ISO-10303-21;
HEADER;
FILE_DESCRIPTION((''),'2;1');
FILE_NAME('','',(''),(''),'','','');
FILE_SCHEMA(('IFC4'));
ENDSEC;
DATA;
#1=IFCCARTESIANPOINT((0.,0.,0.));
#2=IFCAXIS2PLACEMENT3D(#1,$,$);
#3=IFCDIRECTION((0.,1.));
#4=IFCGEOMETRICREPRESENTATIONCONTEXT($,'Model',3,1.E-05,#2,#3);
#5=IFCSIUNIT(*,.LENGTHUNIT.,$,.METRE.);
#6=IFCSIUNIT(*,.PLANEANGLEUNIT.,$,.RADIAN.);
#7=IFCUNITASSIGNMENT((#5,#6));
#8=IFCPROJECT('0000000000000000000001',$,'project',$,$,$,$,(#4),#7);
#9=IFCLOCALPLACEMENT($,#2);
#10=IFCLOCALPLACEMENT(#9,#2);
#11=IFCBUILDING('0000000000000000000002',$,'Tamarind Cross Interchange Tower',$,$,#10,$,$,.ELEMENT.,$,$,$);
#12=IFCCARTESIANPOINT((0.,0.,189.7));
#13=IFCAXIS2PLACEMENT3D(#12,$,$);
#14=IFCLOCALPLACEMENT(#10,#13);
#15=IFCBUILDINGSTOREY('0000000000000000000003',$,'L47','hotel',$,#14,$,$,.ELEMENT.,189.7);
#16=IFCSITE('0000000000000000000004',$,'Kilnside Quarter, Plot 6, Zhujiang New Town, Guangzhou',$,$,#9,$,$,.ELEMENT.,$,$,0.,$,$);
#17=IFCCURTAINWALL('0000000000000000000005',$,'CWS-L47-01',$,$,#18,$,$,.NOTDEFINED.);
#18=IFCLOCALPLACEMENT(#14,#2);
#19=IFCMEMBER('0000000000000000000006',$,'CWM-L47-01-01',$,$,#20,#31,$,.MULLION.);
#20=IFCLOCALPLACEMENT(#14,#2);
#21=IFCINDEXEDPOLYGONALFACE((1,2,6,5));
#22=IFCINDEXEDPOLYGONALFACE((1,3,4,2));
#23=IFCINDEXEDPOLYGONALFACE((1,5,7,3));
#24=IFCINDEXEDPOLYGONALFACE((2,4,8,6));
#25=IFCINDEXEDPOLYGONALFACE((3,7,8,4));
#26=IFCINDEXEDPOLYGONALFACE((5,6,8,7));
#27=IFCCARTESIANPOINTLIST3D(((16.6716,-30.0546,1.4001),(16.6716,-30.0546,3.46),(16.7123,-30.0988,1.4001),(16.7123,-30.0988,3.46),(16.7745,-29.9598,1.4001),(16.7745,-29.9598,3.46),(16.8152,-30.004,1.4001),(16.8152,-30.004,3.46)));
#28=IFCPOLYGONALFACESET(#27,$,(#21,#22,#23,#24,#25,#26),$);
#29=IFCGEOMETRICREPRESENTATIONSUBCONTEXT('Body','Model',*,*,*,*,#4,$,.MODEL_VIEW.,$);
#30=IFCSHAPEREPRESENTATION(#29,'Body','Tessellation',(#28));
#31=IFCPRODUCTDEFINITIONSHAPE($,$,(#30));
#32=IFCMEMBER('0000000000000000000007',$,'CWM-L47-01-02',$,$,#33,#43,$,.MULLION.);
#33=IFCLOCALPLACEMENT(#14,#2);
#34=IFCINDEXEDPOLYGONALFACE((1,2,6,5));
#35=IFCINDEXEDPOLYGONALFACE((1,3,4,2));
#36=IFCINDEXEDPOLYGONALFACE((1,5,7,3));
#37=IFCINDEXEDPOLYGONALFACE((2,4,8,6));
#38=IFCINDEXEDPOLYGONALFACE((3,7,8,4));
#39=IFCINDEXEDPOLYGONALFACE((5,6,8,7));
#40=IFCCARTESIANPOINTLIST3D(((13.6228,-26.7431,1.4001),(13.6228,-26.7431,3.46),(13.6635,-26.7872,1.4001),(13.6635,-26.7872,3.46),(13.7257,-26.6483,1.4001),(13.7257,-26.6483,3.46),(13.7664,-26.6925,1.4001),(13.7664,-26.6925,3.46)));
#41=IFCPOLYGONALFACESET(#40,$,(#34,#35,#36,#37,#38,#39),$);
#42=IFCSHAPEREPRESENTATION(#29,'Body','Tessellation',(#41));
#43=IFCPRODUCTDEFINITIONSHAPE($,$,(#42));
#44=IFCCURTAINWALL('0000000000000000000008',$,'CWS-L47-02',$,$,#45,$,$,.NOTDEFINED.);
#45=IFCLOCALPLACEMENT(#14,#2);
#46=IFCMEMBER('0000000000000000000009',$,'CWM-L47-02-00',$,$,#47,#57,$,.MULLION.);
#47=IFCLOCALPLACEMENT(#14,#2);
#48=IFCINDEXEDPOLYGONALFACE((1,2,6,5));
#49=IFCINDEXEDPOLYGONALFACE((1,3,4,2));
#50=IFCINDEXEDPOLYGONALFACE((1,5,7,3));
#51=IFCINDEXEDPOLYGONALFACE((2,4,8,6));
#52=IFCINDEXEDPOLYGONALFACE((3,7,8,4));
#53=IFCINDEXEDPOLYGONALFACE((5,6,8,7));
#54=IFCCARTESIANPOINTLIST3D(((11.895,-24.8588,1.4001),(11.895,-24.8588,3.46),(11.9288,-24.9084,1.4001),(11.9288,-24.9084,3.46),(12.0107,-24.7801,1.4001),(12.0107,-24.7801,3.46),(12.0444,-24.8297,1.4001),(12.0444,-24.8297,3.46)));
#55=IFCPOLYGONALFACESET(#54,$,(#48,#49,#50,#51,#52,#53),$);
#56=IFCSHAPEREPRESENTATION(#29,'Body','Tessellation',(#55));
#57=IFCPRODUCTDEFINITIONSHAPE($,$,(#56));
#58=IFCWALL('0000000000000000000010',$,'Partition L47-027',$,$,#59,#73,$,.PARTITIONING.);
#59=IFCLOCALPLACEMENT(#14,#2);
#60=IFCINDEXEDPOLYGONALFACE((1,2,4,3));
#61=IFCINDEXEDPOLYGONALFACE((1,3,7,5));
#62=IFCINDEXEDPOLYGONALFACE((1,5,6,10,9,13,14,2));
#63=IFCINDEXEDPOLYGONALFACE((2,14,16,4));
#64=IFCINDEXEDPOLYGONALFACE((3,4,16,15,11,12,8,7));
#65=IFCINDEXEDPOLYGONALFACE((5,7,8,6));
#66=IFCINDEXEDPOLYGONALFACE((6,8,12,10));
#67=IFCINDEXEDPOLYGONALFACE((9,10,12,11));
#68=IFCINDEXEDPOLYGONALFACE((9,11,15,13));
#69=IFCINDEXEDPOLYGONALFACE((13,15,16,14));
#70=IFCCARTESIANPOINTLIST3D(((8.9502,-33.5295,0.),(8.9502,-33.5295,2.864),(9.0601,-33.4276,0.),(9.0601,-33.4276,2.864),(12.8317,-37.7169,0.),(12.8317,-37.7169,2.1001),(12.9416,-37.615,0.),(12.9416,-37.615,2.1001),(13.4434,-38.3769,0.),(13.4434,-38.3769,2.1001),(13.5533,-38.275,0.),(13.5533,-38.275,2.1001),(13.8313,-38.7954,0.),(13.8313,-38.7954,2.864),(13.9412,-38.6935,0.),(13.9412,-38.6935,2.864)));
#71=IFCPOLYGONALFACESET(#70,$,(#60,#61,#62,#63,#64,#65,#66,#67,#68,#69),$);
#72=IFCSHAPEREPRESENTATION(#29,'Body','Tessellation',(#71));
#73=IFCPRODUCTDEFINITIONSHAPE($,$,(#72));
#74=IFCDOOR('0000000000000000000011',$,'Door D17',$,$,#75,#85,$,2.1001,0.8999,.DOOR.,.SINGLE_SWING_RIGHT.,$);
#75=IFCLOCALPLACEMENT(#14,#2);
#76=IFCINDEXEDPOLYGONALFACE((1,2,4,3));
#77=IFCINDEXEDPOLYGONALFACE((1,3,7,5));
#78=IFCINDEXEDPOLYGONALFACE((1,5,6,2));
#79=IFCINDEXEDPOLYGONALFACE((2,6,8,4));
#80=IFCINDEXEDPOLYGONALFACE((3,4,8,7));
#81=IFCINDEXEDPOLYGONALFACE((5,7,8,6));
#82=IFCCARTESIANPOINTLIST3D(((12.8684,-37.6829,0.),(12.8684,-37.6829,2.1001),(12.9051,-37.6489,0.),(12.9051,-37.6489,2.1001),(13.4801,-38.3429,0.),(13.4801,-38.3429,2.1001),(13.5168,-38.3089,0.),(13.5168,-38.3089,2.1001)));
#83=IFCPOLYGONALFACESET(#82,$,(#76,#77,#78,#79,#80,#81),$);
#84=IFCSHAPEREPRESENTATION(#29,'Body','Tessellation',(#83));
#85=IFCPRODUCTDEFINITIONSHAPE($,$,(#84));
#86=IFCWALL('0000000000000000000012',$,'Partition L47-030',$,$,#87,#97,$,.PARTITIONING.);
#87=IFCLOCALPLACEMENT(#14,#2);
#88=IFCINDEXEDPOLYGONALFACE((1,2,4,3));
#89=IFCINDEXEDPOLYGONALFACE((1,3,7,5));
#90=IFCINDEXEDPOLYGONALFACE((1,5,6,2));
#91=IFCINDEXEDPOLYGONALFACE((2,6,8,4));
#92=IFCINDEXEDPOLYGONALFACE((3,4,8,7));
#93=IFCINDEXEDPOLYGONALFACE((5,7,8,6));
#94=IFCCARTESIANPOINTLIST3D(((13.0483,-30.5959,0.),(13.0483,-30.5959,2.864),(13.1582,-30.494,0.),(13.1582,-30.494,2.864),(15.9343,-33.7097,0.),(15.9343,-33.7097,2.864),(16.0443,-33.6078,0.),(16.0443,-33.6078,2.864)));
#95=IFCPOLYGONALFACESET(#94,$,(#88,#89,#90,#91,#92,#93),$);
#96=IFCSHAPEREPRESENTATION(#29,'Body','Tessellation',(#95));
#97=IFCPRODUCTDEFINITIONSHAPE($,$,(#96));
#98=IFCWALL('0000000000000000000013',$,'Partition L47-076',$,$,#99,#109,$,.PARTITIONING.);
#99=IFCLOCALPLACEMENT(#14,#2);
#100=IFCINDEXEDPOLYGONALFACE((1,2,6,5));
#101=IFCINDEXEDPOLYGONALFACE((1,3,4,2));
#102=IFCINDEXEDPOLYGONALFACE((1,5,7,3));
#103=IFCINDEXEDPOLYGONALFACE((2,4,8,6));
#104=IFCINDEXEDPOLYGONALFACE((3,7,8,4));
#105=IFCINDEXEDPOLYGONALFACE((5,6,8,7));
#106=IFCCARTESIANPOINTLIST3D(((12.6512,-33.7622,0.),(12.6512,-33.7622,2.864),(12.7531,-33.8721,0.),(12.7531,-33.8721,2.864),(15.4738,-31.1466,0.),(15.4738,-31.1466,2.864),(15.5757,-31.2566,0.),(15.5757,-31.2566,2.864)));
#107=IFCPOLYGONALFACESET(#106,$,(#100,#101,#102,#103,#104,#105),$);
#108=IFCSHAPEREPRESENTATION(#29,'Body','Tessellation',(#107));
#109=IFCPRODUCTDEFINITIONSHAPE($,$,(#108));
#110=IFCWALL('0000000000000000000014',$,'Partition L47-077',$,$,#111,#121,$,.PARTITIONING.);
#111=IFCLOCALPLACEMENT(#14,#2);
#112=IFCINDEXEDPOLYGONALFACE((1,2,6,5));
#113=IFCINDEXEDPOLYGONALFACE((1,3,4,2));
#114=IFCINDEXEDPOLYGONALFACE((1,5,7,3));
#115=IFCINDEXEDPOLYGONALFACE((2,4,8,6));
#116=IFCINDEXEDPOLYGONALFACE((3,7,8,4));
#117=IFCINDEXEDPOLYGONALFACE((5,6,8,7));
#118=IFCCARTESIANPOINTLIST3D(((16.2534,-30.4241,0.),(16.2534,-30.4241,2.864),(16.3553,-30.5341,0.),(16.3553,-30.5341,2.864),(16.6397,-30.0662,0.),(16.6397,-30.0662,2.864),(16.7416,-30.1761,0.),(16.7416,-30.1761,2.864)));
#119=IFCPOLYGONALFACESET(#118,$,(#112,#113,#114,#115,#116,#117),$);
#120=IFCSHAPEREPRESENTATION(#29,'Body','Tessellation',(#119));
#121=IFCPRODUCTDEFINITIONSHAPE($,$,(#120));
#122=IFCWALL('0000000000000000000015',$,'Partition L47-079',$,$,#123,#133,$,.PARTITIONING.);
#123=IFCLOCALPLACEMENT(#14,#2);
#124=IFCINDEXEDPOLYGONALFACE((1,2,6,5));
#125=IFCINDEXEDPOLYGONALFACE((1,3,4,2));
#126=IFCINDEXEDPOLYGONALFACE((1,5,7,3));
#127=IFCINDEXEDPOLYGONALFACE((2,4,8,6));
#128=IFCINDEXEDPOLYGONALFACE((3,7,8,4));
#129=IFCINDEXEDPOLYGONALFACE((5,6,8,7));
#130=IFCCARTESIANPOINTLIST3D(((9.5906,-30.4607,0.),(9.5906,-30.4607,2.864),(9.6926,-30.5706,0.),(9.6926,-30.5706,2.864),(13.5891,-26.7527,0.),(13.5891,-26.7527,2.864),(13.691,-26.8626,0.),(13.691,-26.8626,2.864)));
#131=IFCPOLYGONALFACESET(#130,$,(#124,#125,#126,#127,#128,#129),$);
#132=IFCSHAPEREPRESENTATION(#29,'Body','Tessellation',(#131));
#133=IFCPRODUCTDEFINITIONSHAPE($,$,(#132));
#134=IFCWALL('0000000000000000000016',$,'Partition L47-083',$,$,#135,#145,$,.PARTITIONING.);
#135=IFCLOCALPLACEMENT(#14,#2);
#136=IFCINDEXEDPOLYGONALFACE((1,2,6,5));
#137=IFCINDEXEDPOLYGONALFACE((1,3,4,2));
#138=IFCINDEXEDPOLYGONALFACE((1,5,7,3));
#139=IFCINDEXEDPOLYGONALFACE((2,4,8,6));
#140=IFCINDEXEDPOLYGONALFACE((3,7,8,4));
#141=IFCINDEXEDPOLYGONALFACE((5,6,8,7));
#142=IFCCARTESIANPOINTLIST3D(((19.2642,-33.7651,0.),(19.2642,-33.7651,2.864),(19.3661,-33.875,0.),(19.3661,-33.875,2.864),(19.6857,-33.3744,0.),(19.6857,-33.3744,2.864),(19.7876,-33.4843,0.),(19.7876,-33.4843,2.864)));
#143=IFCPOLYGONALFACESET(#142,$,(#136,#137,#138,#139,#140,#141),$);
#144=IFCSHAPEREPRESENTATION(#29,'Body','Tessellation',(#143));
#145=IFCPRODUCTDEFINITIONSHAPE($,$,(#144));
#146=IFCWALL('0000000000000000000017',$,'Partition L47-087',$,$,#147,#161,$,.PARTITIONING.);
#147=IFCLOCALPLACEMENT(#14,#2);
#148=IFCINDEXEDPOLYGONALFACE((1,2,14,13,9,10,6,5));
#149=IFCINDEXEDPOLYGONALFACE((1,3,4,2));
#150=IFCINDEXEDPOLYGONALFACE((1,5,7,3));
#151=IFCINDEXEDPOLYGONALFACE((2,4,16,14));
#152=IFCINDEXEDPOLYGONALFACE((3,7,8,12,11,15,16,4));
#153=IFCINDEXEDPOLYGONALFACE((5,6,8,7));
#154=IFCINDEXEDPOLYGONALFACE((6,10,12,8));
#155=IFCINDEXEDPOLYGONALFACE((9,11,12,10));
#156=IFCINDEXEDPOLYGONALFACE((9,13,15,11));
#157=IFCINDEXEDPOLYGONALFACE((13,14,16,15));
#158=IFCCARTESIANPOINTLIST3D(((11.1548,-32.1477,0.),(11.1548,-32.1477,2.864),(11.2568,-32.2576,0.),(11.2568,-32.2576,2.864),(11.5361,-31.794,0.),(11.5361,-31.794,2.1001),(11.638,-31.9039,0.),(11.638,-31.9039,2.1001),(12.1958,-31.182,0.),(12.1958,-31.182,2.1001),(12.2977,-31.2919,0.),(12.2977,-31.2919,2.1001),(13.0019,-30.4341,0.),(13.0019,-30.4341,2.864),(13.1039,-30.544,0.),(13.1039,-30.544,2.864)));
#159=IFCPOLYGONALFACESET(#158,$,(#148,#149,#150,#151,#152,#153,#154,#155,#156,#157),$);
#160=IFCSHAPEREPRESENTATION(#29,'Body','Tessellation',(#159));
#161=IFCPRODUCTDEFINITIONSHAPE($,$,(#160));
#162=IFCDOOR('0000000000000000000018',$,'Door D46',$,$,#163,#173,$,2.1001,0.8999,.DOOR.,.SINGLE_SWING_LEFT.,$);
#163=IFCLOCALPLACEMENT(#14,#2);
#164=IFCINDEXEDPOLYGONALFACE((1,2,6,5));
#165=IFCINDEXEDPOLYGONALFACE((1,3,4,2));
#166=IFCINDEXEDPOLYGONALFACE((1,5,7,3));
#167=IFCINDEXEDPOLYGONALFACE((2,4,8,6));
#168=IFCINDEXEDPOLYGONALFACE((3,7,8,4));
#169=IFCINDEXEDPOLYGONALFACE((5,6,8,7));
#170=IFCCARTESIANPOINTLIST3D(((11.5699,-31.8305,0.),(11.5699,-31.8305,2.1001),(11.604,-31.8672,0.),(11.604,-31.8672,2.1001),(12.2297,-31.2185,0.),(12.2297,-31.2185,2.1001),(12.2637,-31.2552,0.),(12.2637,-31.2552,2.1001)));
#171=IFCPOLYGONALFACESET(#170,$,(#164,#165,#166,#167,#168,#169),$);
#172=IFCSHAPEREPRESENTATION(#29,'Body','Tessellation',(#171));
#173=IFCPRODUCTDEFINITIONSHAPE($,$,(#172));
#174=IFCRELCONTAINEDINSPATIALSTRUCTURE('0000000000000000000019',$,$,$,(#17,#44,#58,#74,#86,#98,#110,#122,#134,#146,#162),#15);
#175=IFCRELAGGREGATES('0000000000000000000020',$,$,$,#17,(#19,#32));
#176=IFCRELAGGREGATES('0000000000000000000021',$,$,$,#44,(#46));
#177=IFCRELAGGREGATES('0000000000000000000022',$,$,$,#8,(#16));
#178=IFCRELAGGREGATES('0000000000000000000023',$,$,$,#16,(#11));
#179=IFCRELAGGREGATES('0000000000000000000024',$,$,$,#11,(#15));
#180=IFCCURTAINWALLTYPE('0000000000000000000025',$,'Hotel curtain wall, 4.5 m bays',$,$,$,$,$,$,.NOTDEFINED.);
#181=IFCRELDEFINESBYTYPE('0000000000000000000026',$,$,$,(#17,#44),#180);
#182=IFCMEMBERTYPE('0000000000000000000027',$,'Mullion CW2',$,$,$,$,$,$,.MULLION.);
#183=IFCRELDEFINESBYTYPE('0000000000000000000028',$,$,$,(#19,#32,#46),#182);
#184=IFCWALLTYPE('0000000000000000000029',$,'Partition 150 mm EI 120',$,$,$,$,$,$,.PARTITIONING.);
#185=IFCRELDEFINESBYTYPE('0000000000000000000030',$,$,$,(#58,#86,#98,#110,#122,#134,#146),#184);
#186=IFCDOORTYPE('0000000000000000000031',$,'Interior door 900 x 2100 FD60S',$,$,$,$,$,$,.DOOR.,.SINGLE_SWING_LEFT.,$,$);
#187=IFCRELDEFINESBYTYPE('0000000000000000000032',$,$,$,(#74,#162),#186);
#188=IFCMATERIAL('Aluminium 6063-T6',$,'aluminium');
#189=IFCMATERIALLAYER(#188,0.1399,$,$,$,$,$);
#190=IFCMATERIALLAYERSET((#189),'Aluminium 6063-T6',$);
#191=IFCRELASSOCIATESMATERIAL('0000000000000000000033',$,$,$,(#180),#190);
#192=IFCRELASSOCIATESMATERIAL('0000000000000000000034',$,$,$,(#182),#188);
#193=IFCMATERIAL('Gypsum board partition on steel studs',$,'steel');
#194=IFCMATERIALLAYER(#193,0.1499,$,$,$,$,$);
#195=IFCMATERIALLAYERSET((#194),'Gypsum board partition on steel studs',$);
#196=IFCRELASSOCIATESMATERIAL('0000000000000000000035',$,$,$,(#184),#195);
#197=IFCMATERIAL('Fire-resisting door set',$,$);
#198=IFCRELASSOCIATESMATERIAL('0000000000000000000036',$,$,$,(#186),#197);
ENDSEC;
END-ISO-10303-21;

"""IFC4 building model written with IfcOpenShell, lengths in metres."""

from ifc_helpers import new_model, si_unit, direction, frame, frame_2d, origin, origin_2d, place, context, subcontext, project, spatial, rectangle, extrude, material, layer, layer_set, material_profile, profile_set, type_object, element, fill, aggregate, save


model = new_model("IFC4")

# Units and contexts
model_context = context("Model", 3, precision=1e-05, world=origin(), true_north=direction((0.0, 1.0)))
body_context = subcontext(model_context, "Body", "Model", "MODEL_VIEW")
ifc_project = project(units=[si_unit("LENGTHUNIT", "METRE"), si_unit("PLANEANGLEUNIT", "RADIAN")], contexts=[model_context])

# Site, building, storey
site_placement = place(None, origin())
site = spatial("IfcSite", under=ifc_project, at=site_placement, Name="Kilnside Quarter, Plot 6, Zhujiang New Town, Guangzhou", CompositionType="ELEMENT", RefElevation=0.0)
building_placement = place(site_placement, origin())
building = spatial("IfcBuilding", under=site, at=building_placement, Name="Tamarind Cross Interchange Tower", CompositionType="ELEMENT")
storey_placement = place(building_placement, frame((0.0, 0.0, 189.7)))
storey = spatial("IfcBuildingStorey", under=building, at=storey_placement, Name="L47", Description="hotel", CompositionType="ELEMENT", Elevation=189.7)

# Curtain wall, members
ifc_material_1 = material(Name="Aluminium 6063-T6", Category="aluminium")
ifc_layer_1 = layer(ifc_material_1, 0.1399)
ifc_layer_set_1 = layer_set([ifc_layer_1], Name="Aluminium 6063-T6")
curtain_wall_type = type_object("IfcCurtainWallType", Name="Hotel curtain wall, 4.5 m bays", PredefinedType="NOTDEFINED", material=ifc_layer_set_1)
curtain_wall_1_placement = place(storey_placement, origin())
curtain_wall_1 = element("IfcCurtainWall", 1, at=curtain_wall_1_placement, inside=storey, type_object=curtain_wall_type, Name="CWS-L47-01", PredefinedType="NOTDEFINED")
ifc_material_profile_1 = material_profile(ifc_material_1, rectangle(XDim=0.0601, YDim=0.1399, at=origin_2d()), Name="Mullion CW2")
ifc_profile_set_1 = profile_set([ifc_material_profile_1], Name="Aluminium 6063-T6")
member_type = type_object("IfcMemberType", Name="Mullion CW2", PredefinedType="MULLION", material=ifc_profile_set_1)
member_1_placement = place(storey_placement, frame((16.7434, -30.0293, 1.4001), z_axis=(0.0, 0.0, 1.0), x_axis=(-0.67731, 0.735697, 0.0)))
member_1 = element("IfcMember", 2, at=member_1_placement, type_object=member_type, Name="CWM-L47-01-01", PredefinedType="MULLION", context=body_context, shape_type="SweptSolid", body=[
    extrude(rectangle(XDim=0.0601, YDim=0.1399, at=origin_2d()), origin(), (0.0, 0.0, 1.0), 2.0598),
])
member_2_placement = place(storey_placement, frame((13.6946, -26.7178, 1.4001), z_axis=(0.0, 0.0, 1.0), x_axis=(-0.67731, 0.735697, 0.0)))
member_2 = element("IfcMember", 3, at=member_2_placement, type_object=member_type, Name="CWM-L47-01-02", PredefinedType="MULLION", context=body_context, shape_type="SweptSolid", body=[
    extrude(rectangle(XDim=0.0601, YDim=0.1399, at=origin_2d()), origin(), (0.0, 0.0, 1.0), 2.0598),
])
aggregate(curtain_wall_1, [member_1, member_2])

# Curtain wall, member
curtain_wall_2_placement = place(storey_placement, origin())
curtain_wall_2 = element("IfcCurtainWall", 4, at=curtain_wall_2_placement, inside=storey, type_object=curtain_wall_type, Name="CWS-L47-02", PredefinedType="NOTDEFINED")
member_3_placement = place(storey_placement, frame((11.9697, -24.8442, 1.4001), z_axis=(0.0, 0.0, 1.0), x_axis=(-0.562536, 0.826773, 0.0)))
member_3 = element("IfcMember", 5, at=member_3_placement, type_object=member_type, Name="CWM-L47-02-00", PredefinedType="MULLION", context=body_context, shape_type="SweptSolid", body=[
    extrude(rectangle(XDim=0.0601, YDim=0.1399, at=origin_2d()), origin(), (0.0, 0.0, 1.0), 2.0598),
])
aggregate(curtain_wall_2, [member_3])

# Wall, opening, door
ifc_material_2 = material(Name="Gypsum board partition on steel studs", Category="steel")
ifc_layer_2 = layer(ifc_material_2, 0.1499)
ifc_layer_set_2 = layer_set([ifc_layer_2], Name="Gypsum board partition on steel studs")
wall_type = type_object("IfcWallType", Name="Partition 150 mm EI 120", PredefinedType="PARTITIONING", material=ifc_layer_set_2)
wall_1_placement = place(storey_placement, frame((9.0051, -33.4785, 0.0), z_axis=(0.0, 0.0, 1.0), x_axis=(0.679805, -0.733393, 0.0)))
wall_1 = element("IfcWall", 6, at=wall_1_placement, inside=storey, type_object=wall_type, Name="Partition L47-027", PredefinedType="PARTITIONING", context=body_context, shape_type="SweptSolid", body=[
    extrude(rectangle(XDim=7.1802, YDim=0.1499, at=frame_2d((3.5901, 0.0))), origin(), (0.0, 0.0, 1.0), 2.864),
])
opening_1_placement = place(wall_1_placement, frame((5.7097, 0.0, 0.0)))
opening_1 = element("IfcOpeningElement", 7, at=opening_1_placement, cuts=wall_1, PredefinedType="OPENING", context=body_context, shape_type="SweptSolid", body=[
    extrude(rectangle(XDim=0.8999, YDim=2.1001, at=frame_2d((0.45, 1.05))), frame((0.0, 0.085, 0.0), z_axis=(0.0, -1.0, 0.0), x_axis=(1.0, 0.0, 0.0)), (0.0, 0.0, 1.0), 0.1699),
])
ifc_material_3 = material(Name="Fire-resisting door set")
door_type = type_object("IfcDoorType", Name="Interior door 900 x 2100 FD60S", OperationType="SINGLE_SWING_LEFT", PredefinedType="DOOR", material=ifc_material_3)
door_1_placement = place(opening_1_placement, frame((0.8999, 0.0, 0.0), z_axis=(0.0, 0.0, 1.0), x_axis=(-1.0, 0.0, 0.0)))
door_1 = element("IfcDoor", 8, at=door_1_placement, inside=storey, type_object=door_type, Name="Door D17", OperationType="SINGLE_SWING_RIGHT", OverallHeight=2.1001, OverallWidth=0.8999, PredefinedType="DOOR", context=body_context, shape_type="SweptSolid", body=[
    extrude(rectangle(XDim=0.8999, YDim=2.1001, at=frame_2d((0.45, 1.05))), frame((0.0, 0.0249, 0.0), z_axis=(0.0, -1.0, 0.0), x_axis=(1.0, 0.0, 0.0)), (0.0, 0.0, 1.0), 0.05),
])
fill(opening_1, door_1)

# Walls
wall_2_placement = place(storey_placement, frame((13.1033, -30.5449, 0.0), z_axis=(0.0, 0.0, 1.0), x_axis=(0.679771, -0.733424, 0.0)))
element("IfcWall", 9, at=wall_2_placement, inside=storey, type_object=wall_type, Name="Partition L47-030", PredefinedType="PARTITIONING", context=body_context, shape_type="SweptSolid", body=[
    extrude(rectangle(XDim=4.2456, YDim=0.1499, at=frame_2d((2.1228, 0.0))), origin(), (0.0, 0.0, 1.0), 2.864),
])
wall_3_placement = place(storey_placement, frame((12.7021, -33.8171, 0.0), z_axis=(0.0, 0.0, 1.0), x_axis=(0.733496, 0.679694, 0.0)))
element("IfcWall", 10, at=wall_3_placement, inside=storey, type_object=wall_type, Name="Partition L47-076", PredefinedType="PARTITIONING", context=body_context, shape_type="SweptSolid", body=[
    extrude(rectangle(XDim=3.8481, YDim=0.1499, at=frame_2d((1.9241, 0.0))), origin(), (0.0, 0.0, 1.0), 2.864),
])
wall_4_placement = place(storey_placement, frame((16.3044, -30.479, 0.0), z_axis=(0.0, 0.0, 1.0), x_axis=(0.733487, 0.679704, 0.0)))
element("IfcWall", 11, at=wall_4_placement, inside=storey, type_object=wall_type, Name="Partition L47-077", PredefinedType="PARTITIONING", context=body_context, shape_type="SweptSolid", body=[
    extrude(rectangle(XDim=0.5266, YDim=0.1499, at=frame_2d((0.2632, 0.0))), origin(), (0.0, 0.0, 1.0), 2.864),
])
wall_5_placement = place(storey_placement, frame((9.6416, -30.5156, 0.0), z_axis=(0.0, 0.0, 1.0), x_axis=(0.733243, 0.679967, 0.0)))
element("IfcWall", 12, at=wall_5_placement, inside=storey, type_object=wall_type, Name="Partition L47-079", PredefinedType="PARTITIONING", context=body_context, shape_type="SweptSolid", body=[
    extrude(rectangle(XDim=5.4531, YDim=0.1499, at=frame_2d((2.7266, 0.0))), origin(), (0.0, 0.0, 1.0), 2.864),
])
wall_6_placement = place(storey_placement, frame((19.3152, -33.8201, 0.0), z_axis=(0.0, 0.0, 1.0), x_axis=(0.733368, 0.679832, 0.0)))
element("IfcWall", 13, at=wall_6_placement, inside=storey, type_object=wall_type, Name="Partition L47-083", PredefinedType="PARTITIONING", context=body_context, shape_type="SweptSolid", body=[
    extrude(rectangle(XDim=0.5747, YDim=0.1499, at=frame_2d((0.2874, 0.0))), origin(), (0.0, 0.0, 1.0), 2.864),
])

# Wall, opening, door
wall_7_placement = place(storey_placement, frame((11.2058, -32.2026, 0.0), z_axis=(0.0, 0.0, 1.0), x_axis=(0.733111, 0.680109, 0.0)))
wall_7 = element("IfcWall", 14, at=wall_7_placement, inside=storey, type_object=wall_type, Name="Partition L47-087", PredefinedType="PARTITIONING", context=body_context, shape_type="SweptSolid", body=[
    extrude(rectangle(XDim=2.5195, YDim=0.1499, at=frame_2d((1.2598, 0.0))), origin(), (0.0, 0.0, 1.0), 2.864),
])
opening_2_placement = place(wall_7_placement, frame((0.52, 0.0, 0.0)))
opening_2 = element("IfcOpeningElement", 15, at=opening_2_placement, cuts=wall_7, PredefinedType="OPENING", context=body_context, shape_type="SweptSolid", body=[
    extrude(rectangle(XDim=0.8999, YDim=2.1001, at=frame_2d((0.45, 1.05))), frame((0.0, 0.085, 0.0), z_axis=(0.0, -1.0, 0.0), x_axis=(1.0, 0.0, 0.0)), (0.0, 0.0, 1.0), 0.1699),
])
door_2_placement = place(opening_2_placement, frame((0.8999, 0.0, 0.0), z_axis=(0.0, 0.0, 1.0), x_axis=(-1.0, 0.0, 0.0)))
door_2 = element("IfcDoor", 16, at=door_2_placement, inside=storey, type_object=door_type, Name="Door D46", OperationType="SINGLE_SWING_LEFT", OverallHeight=2.1001, OverallWidth=0.8999, PredefinedType="DOOR", context=body_context, shape_type="SweptSolid", body=[
    extrude(rectangle(XDim=0.8999, YDim=2.1001, at=frame_2d((0.45, 1.05))), frame((0.0, 0.0249, 0.0), z_axis=(0.0, -1.0, 0.0), x_axis=(1.0, 0.0, 0.0)), (0.0, 0.0, 1.0), 0.05),
])
fill(opening_2, door_2)

save(model, "model.ifc")
